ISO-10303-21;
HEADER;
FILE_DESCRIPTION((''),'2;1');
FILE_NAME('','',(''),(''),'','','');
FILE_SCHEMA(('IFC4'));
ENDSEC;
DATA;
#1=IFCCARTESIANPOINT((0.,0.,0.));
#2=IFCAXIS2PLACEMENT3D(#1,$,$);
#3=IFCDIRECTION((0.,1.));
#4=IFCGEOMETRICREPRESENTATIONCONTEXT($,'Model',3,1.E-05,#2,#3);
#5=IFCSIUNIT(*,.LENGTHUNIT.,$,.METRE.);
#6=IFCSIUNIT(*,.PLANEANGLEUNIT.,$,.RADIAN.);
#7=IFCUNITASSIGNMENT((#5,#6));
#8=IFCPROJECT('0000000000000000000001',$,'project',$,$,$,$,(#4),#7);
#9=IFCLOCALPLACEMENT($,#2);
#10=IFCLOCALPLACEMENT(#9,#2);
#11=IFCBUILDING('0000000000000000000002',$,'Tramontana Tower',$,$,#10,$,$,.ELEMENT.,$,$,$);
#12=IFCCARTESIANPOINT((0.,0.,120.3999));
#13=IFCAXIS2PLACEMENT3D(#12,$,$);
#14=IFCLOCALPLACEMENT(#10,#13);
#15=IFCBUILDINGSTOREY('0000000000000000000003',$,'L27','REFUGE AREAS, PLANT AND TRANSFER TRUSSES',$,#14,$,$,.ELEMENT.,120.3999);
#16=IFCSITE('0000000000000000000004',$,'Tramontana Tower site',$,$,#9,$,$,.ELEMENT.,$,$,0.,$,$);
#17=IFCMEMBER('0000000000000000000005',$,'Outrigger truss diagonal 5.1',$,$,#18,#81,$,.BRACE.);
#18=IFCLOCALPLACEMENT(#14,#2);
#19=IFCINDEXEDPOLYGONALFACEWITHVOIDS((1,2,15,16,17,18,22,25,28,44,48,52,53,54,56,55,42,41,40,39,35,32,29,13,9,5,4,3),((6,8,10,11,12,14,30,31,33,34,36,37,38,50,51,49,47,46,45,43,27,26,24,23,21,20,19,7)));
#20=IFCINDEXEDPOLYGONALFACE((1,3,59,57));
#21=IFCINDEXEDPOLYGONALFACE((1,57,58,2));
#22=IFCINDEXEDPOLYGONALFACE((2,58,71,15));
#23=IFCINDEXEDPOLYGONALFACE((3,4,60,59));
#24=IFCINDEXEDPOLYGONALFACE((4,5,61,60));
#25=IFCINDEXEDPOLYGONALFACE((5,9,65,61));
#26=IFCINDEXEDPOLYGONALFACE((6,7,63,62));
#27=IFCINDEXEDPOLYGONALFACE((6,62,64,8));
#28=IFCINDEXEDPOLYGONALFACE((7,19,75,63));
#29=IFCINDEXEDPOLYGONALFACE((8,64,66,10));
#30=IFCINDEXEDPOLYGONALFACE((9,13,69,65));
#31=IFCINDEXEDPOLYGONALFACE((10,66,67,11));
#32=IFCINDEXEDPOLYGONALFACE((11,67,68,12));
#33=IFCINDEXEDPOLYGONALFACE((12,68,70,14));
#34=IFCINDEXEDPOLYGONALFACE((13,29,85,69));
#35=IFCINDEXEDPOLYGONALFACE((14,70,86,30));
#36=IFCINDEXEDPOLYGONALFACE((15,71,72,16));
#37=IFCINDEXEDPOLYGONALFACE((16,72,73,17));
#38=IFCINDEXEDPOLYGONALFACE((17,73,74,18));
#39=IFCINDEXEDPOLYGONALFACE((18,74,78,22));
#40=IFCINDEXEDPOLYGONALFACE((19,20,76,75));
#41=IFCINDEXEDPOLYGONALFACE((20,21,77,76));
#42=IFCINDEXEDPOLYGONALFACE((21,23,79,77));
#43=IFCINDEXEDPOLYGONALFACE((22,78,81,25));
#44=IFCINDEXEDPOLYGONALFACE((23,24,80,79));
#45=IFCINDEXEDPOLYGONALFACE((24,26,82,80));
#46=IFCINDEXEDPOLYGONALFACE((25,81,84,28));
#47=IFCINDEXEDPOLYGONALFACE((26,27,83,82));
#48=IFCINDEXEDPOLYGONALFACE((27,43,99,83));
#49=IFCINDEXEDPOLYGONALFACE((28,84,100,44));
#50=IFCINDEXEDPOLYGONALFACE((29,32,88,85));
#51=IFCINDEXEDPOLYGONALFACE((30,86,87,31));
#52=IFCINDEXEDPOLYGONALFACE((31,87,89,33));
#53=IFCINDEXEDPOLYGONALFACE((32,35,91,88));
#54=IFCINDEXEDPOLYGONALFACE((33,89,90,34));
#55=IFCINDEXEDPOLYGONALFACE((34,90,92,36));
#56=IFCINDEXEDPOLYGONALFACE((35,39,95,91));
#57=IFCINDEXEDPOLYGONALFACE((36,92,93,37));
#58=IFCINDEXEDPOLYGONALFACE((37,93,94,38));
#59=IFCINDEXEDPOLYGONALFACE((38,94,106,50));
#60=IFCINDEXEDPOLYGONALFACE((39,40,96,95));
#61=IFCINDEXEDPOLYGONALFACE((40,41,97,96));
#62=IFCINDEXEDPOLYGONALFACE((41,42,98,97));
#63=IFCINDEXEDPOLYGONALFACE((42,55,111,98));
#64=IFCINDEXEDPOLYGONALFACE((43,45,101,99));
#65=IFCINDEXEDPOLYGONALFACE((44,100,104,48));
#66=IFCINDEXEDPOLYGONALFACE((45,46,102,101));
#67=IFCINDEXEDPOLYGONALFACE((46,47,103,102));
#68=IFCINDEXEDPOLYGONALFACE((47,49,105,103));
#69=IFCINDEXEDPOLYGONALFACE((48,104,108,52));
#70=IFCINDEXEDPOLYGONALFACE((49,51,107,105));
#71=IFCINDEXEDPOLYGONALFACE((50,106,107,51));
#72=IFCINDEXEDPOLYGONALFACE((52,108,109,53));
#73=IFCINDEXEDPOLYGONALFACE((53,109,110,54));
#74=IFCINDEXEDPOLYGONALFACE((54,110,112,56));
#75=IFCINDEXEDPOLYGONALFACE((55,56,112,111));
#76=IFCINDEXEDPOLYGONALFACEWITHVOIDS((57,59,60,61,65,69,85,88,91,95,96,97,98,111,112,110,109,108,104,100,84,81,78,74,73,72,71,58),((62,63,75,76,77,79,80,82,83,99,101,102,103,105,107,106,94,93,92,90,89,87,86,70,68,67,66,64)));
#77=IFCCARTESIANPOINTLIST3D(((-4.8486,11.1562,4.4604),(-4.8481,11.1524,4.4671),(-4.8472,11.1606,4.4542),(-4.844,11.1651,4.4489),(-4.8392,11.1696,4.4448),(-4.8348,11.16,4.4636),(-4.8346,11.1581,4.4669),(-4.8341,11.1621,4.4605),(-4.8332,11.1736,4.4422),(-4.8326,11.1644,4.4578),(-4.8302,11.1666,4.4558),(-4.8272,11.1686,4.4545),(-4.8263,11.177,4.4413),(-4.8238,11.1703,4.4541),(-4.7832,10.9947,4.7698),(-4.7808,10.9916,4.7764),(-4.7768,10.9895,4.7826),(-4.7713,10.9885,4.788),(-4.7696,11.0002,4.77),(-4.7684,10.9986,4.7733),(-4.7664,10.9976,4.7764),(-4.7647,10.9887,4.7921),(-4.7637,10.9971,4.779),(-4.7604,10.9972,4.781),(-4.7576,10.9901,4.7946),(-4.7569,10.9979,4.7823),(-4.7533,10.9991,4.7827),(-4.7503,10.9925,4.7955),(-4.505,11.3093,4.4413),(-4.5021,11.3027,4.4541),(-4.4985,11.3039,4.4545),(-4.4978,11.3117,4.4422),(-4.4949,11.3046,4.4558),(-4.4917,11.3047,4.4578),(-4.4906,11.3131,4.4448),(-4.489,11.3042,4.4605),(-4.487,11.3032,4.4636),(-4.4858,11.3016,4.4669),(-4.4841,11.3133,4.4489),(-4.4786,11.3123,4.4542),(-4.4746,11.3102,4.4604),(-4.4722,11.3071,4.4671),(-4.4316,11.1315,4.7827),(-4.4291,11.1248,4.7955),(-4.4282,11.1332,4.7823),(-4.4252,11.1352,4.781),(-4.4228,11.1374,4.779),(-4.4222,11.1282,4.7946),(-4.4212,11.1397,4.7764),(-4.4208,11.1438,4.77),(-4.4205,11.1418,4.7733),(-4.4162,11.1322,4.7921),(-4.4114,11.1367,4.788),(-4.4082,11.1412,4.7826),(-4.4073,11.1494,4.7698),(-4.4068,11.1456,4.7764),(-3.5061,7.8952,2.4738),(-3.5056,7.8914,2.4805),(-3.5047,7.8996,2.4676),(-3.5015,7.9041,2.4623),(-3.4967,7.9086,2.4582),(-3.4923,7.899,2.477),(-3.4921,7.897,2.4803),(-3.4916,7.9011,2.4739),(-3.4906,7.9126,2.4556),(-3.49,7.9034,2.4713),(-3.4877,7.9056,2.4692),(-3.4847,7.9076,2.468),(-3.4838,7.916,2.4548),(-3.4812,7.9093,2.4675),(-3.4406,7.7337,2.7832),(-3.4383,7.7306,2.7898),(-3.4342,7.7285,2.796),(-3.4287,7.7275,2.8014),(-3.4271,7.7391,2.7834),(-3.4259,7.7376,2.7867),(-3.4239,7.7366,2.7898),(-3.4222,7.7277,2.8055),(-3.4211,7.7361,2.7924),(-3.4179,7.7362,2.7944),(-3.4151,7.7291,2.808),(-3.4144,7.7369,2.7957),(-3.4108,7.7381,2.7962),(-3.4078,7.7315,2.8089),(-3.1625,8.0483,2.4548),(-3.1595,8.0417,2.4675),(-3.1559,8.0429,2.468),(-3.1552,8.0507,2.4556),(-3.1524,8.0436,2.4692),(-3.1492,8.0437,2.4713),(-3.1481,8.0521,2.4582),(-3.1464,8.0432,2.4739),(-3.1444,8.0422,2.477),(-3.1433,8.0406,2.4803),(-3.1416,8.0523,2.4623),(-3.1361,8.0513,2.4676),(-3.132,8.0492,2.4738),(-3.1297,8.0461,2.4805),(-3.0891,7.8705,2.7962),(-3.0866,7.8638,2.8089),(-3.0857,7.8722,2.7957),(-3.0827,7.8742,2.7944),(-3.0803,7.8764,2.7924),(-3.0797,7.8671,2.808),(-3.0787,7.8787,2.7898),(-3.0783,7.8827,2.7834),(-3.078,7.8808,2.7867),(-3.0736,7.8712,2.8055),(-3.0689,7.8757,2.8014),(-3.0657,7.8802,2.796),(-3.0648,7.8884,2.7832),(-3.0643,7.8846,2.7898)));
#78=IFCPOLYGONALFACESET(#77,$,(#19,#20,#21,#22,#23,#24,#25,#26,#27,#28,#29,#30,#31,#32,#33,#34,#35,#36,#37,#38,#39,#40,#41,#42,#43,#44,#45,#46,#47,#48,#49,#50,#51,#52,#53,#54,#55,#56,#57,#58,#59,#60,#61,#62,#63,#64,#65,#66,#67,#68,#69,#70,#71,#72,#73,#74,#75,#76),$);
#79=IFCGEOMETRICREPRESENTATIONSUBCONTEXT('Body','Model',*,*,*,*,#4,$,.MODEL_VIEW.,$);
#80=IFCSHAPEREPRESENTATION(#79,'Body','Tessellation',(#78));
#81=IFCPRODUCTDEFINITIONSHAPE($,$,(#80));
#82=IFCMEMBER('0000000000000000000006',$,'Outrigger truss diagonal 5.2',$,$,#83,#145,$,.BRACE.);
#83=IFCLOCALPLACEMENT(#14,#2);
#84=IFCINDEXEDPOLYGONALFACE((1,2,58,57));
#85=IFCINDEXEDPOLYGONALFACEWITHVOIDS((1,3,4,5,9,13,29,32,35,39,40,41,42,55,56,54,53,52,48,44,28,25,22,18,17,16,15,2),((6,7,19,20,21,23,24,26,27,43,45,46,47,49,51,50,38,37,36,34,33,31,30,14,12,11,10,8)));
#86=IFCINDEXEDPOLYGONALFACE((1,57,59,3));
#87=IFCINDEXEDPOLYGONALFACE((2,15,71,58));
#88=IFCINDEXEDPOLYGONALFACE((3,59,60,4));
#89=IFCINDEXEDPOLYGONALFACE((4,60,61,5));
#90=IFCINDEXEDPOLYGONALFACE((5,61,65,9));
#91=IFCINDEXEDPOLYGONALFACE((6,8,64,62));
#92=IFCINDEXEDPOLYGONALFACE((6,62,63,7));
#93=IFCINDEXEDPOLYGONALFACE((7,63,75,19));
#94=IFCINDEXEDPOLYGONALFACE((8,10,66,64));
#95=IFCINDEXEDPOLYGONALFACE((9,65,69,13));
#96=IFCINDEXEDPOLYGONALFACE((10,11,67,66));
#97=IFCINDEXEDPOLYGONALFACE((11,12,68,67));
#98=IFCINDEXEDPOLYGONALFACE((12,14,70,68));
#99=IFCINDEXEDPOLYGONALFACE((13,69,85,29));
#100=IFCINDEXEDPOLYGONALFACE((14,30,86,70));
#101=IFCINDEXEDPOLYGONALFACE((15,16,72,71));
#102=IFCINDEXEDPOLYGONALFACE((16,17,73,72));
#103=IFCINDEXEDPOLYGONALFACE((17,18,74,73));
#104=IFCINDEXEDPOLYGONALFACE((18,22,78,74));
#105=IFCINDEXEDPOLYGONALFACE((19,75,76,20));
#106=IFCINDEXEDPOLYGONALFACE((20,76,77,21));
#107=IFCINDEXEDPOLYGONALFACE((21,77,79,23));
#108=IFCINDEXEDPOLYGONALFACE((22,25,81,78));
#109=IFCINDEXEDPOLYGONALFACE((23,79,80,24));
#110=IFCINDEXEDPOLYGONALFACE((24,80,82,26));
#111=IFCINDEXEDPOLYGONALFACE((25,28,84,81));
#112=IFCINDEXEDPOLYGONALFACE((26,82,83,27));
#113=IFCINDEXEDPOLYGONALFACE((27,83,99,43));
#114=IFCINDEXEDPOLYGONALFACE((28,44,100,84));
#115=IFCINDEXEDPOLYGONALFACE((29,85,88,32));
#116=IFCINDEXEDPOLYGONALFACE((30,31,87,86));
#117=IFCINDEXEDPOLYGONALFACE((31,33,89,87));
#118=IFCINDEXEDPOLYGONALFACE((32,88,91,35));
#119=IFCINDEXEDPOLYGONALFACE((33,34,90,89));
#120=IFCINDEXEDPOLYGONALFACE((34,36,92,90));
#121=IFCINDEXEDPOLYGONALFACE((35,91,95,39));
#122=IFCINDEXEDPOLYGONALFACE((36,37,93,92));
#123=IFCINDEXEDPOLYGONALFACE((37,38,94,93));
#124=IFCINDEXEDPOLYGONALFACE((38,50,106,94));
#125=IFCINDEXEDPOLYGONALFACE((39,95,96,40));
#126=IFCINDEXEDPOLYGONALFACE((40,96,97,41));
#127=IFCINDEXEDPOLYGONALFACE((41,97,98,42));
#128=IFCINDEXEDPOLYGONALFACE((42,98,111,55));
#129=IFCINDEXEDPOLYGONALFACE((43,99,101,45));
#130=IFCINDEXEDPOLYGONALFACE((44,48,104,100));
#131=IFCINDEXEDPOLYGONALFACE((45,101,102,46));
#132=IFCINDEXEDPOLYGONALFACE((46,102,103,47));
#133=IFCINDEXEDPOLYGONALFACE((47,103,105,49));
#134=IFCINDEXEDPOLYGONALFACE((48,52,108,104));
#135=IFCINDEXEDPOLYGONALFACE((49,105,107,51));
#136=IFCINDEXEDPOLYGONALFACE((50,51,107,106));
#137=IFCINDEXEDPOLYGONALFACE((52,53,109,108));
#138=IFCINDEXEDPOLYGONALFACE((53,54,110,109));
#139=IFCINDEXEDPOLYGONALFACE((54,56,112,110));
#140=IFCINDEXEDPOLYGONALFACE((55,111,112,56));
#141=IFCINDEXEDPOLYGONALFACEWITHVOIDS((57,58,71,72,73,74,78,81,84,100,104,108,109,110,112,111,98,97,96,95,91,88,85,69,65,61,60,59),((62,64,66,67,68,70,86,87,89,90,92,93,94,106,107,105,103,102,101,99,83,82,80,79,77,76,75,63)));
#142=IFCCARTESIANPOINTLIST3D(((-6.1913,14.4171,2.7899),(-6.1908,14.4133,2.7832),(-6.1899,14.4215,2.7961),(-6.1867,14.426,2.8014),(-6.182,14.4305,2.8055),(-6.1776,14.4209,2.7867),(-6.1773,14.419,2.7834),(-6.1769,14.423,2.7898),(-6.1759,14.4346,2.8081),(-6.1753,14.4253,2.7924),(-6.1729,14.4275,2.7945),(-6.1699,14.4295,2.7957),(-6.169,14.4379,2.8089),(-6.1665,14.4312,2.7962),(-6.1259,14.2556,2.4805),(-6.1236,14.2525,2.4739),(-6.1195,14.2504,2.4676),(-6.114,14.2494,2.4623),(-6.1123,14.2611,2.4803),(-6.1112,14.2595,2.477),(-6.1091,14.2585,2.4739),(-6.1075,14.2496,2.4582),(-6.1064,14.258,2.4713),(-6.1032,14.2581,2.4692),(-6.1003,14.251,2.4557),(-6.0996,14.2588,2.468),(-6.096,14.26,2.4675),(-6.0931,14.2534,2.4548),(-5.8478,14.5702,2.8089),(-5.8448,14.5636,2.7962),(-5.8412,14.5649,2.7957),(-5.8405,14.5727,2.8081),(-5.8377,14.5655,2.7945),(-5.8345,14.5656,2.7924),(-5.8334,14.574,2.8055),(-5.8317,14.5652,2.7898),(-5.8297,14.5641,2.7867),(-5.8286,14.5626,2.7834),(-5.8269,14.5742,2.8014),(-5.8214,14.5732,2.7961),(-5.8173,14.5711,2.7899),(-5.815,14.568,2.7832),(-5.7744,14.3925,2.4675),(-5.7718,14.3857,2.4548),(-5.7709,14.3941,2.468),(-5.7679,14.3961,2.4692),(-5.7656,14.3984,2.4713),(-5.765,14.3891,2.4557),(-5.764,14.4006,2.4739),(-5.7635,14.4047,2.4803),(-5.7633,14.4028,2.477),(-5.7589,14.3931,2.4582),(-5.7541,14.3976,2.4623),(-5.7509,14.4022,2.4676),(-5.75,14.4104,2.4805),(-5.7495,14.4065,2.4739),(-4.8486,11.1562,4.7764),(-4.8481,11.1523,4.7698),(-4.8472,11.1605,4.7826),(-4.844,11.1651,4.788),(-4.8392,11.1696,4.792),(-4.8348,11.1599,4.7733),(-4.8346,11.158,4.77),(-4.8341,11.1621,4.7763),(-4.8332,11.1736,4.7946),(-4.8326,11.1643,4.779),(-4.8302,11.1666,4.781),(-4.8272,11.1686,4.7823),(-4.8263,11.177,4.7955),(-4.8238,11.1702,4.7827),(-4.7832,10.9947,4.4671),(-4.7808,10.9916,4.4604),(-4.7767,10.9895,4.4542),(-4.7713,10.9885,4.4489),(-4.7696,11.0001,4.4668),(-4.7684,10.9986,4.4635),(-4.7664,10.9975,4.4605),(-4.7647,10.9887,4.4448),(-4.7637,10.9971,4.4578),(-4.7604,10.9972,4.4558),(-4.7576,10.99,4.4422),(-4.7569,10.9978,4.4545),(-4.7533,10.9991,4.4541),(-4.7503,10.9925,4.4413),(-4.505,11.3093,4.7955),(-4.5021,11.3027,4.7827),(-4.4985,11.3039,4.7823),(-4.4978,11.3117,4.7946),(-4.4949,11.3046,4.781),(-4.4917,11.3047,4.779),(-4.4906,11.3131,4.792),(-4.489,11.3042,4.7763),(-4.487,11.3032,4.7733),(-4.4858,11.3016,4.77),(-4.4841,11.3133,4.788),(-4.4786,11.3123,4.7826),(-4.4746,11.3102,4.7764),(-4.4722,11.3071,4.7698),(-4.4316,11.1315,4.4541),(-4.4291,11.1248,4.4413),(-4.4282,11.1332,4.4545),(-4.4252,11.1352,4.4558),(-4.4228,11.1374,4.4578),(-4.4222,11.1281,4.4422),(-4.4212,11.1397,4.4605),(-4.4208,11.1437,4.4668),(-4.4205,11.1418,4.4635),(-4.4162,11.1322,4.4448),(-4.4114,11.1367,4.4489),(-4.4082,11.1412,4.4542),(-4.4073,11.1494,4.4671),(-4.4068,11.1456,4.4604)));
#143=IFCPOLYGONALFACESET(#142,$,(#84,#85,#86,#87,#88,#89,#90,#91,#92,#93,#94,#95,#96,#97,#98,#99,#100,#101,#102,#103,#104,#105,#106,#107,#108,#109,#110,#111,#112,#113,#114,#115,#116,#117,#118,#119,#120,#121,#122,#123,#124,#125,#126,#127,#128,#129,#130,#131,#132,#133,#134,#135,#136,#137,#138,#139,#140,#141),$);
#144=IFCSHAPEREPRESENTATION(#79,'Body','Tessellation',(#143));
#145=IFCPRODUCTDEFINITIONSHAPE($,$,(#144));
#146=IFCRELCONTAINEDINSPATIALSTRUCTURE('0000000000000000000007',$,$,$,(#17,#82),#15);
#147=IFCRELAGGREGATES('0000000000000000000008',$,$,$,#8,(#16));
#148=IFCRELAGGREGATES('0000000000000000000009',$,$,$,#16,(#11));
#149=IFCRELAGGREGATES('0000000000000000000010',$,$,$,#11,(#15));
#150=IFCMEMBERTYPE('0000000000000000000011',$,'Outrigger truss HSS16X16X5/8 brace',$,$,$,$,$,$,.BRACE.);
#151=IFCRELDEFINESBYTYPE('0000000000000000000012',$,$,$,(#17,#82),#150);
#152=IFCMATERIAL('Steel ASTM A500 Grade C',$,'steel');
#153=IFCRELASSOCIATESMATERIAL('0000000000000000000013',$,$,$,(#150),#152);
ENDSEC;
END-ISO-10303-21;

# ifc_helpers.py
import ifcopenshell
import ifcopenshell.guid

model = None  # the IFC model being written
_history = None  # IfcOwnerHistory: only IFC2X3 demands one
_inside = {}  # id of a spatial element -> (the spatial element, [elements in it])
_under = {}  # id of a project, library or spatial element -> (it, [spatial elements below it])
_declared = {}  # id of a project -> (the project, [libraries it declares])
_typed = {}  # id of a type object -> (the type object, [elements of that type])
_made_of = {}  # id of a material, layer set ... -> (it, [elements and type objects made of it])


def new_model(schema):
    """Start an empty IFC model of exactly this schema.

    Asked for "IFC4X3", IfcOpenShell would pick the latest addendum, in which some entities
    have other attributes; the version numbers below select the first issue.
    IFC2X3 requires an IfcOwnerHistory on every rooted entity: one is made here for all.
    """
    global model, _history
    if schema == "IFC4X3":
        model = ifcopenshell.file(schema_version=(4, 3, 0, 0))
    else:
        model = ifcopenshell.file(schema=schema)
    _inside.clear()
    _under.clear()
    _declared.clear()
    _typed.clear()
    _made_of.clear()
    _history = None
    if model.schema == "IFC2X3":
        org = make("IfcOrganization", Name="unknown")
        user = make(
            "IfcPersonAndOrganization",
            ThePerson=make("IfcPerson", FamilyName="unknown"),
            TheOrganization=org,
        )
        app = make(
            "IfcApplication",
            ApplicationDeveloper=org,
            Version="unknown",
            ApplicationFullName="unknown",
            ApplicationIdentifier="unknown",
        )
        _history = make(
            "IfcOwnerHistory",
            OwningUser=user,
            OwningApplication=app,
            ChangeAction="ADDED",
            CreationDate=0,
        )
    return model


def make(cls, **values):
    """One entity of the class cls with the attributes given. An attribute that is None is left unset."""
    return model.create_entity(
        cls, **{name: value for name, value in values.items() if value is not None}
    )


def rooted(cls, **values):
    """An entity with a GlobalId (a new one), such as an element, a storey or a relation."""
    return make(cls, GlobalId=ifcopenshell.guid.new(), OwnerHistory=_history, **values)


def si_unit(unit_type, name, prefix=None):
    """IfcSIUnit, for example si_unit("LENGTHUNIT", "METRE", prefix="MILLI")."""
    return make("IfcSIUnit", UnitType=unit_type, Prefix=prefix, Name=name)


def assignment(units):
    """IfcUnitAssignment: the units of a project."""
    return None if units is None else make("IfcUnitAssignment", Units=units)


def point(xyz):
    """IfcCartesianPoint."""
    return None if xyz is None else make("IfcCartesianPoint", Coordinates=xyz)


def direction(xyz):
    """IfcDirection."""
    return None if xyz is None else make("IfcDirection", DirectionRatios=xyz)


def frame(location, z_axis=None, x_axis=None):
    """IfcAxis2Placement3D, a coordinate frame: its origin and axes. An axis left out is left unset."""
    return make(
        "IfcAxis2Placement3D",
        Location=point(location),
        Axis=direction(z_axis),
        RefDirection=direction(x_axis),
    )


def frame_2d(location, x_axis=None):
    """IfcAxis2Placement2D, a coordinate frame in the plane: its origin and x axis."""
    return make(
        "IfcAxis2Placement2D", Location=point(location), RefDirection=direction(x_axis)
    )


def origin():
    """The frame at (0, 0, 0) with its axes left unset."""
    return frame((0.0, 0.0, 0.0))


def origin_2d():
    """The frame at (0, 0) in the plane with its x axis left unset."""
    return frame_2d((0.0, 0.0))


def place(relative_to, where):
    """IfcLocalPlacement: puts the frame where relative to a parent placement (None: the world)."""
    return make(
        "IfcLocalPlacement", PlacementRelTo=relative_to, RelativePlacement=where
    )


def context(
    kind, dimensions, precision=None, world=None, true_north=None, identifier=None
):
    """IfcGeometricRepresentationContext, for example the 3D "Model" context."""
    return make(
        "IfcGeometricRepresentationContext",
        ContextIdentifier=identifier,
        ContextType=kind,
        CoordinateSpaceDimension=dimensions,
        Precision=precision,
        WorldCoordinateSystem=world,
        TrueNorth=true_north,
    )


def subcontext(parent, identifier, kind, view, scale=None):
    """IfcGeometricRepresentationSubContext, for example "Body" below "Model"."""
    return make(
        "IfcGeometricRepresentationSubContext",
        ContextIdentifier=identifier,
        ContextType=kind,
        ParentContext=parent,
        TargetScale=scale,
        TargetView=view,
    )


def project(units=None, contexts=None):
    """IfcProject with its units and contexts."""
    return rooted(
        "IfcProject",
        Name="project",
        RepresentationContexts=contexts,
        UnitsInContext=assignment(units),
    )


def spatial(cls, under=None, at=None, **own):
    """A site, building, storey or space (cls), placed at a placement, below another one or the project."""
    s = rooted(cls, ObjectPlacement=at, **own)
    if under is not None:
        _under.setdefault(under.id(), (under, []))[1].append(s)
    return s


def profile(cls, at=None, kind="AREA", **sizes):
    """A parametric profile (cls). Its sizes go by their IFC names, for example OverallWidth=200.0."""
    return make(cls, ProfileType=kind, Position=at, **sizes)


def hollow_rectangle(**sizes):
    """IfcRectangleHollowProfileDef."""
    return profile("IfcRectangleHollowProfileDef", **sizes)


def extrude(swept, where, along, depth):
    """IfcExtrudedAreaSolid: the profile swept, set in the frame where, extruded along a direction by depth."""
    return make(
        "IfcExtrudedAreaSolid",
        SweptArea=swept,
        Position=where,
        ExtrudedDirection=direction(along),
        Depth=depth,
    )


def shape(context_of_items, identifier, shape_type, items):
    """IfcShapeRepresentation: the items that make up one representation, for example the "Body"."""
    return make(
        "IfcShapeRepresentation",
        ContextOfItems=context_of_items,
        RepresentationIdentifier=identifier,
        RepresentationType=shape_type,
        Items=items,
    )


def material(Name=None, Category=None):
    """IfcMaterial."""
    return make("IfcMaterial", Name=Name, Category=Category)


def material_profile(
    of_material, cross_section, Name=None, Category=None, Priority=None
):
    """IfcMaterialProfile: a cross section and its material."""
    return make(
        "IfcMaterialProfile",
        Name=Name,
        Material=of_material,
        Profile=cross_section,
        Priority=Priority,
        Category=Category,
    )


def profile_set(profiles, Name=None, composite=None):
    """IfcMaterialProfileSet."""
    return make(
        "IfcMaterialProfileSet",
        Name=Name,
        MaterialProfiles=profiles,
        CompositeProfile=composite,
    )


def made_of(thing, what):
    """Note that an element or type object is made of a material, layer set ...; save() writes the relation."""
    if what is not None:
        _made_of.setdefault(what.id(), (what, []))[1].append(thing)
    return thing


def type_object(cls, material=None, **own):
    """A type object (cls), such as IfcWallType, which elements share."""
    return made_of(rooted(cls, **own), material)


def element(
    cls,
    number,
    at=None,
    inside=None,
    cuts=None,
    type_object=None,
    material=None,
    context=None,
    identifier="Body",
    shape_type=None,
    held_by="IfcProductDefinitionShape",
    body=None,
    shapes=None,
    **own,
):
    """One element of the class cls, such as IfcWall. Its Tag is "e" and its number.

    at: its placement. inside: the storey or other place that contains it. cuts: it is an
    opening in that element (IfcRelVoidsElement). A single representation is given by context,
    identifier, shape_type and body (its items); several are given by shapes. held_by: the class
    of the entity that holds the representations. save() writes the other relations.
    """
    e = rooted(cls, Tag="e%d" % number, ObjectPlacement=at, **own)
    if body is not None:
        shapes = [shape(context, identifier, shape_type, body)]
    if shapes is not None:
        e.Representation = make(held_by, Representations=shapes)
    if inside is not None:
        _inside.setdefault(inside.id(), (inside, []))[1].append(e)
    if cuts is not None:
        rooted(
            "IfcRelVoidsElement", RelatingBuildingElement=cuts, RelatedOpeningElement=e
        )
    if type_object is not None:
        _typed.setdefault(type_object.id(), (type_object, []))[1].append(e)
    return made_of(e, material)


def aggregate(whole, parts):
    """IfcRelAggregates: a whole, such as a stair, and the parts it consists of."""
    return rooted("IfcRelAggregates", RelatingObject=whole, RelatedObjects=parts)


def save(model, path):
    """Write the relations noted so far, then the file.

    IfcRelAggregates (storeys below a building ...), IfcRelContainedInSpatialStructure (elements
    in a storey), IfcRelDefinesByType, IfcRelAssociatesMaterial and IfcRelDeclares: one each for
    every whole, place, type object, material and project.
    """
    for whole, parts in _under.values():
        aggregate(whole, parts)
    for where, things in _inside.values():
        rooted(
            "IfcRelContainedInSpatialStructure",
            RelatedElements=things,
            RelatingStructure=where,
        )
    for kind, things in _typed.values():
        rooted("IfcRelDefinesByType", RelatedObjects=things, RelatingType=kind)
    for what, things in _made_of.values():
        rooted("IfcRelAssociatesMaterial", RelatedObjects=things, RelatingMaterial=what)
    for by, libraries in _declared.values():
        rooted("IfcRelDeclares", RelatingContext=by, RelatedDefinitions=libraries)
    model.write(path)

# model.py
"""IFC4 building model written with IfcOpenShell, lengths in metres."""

from ifc_helpers import new_model, si_unit, direction, frame, origin, origin_2d, place, context, subcontext, project, spatial, hollow_rectangle, extrude, material, material_profile, profile_set, type_object, element, save


model = new_model("IFC4")

# Units and contexts
model_context = context("Model", 3, precision=1e-05, world=origin(), true_north=direction((0.0, 1.0)))
body_context = subcontext(model_context, "Body", "Model", "MODEL_VIEW")
ifc_project = project(units=[si_unit("LENGTHUNIT", "METRE"), si_unit("PLANEANGLEUNIT", "RADIAN")], contexts=[model_context])

# Site, building, storey
site_placement = place(None, origin())
site = spatial("IfcSite", under=ifc_project, at=site_placement, Name="Tramontana Tower site", CompositionType="ELEMENT", RefElevation=0.0)
building_placement = place(site_placement, origin())
building = spatial("IfcBuilding", under=site, at=building_placement, Name="Tramontana Tower", CompositionType="ELEMENT")
storey_placement = place(building_placement, frame((0.0, 0.0, 120.3999)))
storey = spatial("IfcBuildingStorey", under=building, at=storey_placement, Name="L27", Description="REFUGE AREAS, PLANT AND TRANSFER TRUSSES", CompositionType="ELEMENT", Elevation=120.3999)

# Members
ifc_material_1 = material(Name="Steel ASTM A500 Grade C", Category="steel")
ifc_material_profile_1 = material_profile(ifc_material_1, hollow_rectangle(XDim=0.4065, YDim=0.4065, WallThickness=0.0146, InnerFilletRadius=0.0146, OuterFilletRadius=0.0295, at=origin_2d()), Name="HSS16X16X5/8")
ifc_profile_set_1 = profile_set([ifc_material_profile_1], Name="Steel ASTM A500 Grade C")
member_type_1 = type_object("IfcMemberType", Name="Outrigger truss HSS16X16X5/8 brace", PredefinedType="BRACE", material=ifc_profile_set_1)
for number, where, z_axis, x_axis, name in (
    (1, (-3.2852, 7.8899, 2.6318), (-0.331687, 0.805664, 0.490805), (-0.924701, -0.380694, 0.0), "Outrigger truss diagonal 5.1"),
    (2, (-4.6277, 11.1509, 4.6184), (-0.331741, 0.805648, -0.490795), (-0.924677, -0.380753, 0.0), "Outrigger truss diagonal 5.2"),
):
    element("IfcMember", number, at=place(storey_placement, frame(where, z_axis=z_axis, x_axis=x_axis)), inside=storey, type_object=member_type_1, Name=name, PredefinedType="BRACE", context=body_context, shape_type="SweptSolid", body=[
        extrude(hollow_rectangle(XDim=0.4065, YDim=0.4065, WallThickness=0.0146, InnerFilletRadius=0.0146, OuterFilletRadius=0.0295, at=origin_2d()), origin(), (0.0, 0.0, 1.0), 4.0476),
    ])

save(model, "model.ifc")
